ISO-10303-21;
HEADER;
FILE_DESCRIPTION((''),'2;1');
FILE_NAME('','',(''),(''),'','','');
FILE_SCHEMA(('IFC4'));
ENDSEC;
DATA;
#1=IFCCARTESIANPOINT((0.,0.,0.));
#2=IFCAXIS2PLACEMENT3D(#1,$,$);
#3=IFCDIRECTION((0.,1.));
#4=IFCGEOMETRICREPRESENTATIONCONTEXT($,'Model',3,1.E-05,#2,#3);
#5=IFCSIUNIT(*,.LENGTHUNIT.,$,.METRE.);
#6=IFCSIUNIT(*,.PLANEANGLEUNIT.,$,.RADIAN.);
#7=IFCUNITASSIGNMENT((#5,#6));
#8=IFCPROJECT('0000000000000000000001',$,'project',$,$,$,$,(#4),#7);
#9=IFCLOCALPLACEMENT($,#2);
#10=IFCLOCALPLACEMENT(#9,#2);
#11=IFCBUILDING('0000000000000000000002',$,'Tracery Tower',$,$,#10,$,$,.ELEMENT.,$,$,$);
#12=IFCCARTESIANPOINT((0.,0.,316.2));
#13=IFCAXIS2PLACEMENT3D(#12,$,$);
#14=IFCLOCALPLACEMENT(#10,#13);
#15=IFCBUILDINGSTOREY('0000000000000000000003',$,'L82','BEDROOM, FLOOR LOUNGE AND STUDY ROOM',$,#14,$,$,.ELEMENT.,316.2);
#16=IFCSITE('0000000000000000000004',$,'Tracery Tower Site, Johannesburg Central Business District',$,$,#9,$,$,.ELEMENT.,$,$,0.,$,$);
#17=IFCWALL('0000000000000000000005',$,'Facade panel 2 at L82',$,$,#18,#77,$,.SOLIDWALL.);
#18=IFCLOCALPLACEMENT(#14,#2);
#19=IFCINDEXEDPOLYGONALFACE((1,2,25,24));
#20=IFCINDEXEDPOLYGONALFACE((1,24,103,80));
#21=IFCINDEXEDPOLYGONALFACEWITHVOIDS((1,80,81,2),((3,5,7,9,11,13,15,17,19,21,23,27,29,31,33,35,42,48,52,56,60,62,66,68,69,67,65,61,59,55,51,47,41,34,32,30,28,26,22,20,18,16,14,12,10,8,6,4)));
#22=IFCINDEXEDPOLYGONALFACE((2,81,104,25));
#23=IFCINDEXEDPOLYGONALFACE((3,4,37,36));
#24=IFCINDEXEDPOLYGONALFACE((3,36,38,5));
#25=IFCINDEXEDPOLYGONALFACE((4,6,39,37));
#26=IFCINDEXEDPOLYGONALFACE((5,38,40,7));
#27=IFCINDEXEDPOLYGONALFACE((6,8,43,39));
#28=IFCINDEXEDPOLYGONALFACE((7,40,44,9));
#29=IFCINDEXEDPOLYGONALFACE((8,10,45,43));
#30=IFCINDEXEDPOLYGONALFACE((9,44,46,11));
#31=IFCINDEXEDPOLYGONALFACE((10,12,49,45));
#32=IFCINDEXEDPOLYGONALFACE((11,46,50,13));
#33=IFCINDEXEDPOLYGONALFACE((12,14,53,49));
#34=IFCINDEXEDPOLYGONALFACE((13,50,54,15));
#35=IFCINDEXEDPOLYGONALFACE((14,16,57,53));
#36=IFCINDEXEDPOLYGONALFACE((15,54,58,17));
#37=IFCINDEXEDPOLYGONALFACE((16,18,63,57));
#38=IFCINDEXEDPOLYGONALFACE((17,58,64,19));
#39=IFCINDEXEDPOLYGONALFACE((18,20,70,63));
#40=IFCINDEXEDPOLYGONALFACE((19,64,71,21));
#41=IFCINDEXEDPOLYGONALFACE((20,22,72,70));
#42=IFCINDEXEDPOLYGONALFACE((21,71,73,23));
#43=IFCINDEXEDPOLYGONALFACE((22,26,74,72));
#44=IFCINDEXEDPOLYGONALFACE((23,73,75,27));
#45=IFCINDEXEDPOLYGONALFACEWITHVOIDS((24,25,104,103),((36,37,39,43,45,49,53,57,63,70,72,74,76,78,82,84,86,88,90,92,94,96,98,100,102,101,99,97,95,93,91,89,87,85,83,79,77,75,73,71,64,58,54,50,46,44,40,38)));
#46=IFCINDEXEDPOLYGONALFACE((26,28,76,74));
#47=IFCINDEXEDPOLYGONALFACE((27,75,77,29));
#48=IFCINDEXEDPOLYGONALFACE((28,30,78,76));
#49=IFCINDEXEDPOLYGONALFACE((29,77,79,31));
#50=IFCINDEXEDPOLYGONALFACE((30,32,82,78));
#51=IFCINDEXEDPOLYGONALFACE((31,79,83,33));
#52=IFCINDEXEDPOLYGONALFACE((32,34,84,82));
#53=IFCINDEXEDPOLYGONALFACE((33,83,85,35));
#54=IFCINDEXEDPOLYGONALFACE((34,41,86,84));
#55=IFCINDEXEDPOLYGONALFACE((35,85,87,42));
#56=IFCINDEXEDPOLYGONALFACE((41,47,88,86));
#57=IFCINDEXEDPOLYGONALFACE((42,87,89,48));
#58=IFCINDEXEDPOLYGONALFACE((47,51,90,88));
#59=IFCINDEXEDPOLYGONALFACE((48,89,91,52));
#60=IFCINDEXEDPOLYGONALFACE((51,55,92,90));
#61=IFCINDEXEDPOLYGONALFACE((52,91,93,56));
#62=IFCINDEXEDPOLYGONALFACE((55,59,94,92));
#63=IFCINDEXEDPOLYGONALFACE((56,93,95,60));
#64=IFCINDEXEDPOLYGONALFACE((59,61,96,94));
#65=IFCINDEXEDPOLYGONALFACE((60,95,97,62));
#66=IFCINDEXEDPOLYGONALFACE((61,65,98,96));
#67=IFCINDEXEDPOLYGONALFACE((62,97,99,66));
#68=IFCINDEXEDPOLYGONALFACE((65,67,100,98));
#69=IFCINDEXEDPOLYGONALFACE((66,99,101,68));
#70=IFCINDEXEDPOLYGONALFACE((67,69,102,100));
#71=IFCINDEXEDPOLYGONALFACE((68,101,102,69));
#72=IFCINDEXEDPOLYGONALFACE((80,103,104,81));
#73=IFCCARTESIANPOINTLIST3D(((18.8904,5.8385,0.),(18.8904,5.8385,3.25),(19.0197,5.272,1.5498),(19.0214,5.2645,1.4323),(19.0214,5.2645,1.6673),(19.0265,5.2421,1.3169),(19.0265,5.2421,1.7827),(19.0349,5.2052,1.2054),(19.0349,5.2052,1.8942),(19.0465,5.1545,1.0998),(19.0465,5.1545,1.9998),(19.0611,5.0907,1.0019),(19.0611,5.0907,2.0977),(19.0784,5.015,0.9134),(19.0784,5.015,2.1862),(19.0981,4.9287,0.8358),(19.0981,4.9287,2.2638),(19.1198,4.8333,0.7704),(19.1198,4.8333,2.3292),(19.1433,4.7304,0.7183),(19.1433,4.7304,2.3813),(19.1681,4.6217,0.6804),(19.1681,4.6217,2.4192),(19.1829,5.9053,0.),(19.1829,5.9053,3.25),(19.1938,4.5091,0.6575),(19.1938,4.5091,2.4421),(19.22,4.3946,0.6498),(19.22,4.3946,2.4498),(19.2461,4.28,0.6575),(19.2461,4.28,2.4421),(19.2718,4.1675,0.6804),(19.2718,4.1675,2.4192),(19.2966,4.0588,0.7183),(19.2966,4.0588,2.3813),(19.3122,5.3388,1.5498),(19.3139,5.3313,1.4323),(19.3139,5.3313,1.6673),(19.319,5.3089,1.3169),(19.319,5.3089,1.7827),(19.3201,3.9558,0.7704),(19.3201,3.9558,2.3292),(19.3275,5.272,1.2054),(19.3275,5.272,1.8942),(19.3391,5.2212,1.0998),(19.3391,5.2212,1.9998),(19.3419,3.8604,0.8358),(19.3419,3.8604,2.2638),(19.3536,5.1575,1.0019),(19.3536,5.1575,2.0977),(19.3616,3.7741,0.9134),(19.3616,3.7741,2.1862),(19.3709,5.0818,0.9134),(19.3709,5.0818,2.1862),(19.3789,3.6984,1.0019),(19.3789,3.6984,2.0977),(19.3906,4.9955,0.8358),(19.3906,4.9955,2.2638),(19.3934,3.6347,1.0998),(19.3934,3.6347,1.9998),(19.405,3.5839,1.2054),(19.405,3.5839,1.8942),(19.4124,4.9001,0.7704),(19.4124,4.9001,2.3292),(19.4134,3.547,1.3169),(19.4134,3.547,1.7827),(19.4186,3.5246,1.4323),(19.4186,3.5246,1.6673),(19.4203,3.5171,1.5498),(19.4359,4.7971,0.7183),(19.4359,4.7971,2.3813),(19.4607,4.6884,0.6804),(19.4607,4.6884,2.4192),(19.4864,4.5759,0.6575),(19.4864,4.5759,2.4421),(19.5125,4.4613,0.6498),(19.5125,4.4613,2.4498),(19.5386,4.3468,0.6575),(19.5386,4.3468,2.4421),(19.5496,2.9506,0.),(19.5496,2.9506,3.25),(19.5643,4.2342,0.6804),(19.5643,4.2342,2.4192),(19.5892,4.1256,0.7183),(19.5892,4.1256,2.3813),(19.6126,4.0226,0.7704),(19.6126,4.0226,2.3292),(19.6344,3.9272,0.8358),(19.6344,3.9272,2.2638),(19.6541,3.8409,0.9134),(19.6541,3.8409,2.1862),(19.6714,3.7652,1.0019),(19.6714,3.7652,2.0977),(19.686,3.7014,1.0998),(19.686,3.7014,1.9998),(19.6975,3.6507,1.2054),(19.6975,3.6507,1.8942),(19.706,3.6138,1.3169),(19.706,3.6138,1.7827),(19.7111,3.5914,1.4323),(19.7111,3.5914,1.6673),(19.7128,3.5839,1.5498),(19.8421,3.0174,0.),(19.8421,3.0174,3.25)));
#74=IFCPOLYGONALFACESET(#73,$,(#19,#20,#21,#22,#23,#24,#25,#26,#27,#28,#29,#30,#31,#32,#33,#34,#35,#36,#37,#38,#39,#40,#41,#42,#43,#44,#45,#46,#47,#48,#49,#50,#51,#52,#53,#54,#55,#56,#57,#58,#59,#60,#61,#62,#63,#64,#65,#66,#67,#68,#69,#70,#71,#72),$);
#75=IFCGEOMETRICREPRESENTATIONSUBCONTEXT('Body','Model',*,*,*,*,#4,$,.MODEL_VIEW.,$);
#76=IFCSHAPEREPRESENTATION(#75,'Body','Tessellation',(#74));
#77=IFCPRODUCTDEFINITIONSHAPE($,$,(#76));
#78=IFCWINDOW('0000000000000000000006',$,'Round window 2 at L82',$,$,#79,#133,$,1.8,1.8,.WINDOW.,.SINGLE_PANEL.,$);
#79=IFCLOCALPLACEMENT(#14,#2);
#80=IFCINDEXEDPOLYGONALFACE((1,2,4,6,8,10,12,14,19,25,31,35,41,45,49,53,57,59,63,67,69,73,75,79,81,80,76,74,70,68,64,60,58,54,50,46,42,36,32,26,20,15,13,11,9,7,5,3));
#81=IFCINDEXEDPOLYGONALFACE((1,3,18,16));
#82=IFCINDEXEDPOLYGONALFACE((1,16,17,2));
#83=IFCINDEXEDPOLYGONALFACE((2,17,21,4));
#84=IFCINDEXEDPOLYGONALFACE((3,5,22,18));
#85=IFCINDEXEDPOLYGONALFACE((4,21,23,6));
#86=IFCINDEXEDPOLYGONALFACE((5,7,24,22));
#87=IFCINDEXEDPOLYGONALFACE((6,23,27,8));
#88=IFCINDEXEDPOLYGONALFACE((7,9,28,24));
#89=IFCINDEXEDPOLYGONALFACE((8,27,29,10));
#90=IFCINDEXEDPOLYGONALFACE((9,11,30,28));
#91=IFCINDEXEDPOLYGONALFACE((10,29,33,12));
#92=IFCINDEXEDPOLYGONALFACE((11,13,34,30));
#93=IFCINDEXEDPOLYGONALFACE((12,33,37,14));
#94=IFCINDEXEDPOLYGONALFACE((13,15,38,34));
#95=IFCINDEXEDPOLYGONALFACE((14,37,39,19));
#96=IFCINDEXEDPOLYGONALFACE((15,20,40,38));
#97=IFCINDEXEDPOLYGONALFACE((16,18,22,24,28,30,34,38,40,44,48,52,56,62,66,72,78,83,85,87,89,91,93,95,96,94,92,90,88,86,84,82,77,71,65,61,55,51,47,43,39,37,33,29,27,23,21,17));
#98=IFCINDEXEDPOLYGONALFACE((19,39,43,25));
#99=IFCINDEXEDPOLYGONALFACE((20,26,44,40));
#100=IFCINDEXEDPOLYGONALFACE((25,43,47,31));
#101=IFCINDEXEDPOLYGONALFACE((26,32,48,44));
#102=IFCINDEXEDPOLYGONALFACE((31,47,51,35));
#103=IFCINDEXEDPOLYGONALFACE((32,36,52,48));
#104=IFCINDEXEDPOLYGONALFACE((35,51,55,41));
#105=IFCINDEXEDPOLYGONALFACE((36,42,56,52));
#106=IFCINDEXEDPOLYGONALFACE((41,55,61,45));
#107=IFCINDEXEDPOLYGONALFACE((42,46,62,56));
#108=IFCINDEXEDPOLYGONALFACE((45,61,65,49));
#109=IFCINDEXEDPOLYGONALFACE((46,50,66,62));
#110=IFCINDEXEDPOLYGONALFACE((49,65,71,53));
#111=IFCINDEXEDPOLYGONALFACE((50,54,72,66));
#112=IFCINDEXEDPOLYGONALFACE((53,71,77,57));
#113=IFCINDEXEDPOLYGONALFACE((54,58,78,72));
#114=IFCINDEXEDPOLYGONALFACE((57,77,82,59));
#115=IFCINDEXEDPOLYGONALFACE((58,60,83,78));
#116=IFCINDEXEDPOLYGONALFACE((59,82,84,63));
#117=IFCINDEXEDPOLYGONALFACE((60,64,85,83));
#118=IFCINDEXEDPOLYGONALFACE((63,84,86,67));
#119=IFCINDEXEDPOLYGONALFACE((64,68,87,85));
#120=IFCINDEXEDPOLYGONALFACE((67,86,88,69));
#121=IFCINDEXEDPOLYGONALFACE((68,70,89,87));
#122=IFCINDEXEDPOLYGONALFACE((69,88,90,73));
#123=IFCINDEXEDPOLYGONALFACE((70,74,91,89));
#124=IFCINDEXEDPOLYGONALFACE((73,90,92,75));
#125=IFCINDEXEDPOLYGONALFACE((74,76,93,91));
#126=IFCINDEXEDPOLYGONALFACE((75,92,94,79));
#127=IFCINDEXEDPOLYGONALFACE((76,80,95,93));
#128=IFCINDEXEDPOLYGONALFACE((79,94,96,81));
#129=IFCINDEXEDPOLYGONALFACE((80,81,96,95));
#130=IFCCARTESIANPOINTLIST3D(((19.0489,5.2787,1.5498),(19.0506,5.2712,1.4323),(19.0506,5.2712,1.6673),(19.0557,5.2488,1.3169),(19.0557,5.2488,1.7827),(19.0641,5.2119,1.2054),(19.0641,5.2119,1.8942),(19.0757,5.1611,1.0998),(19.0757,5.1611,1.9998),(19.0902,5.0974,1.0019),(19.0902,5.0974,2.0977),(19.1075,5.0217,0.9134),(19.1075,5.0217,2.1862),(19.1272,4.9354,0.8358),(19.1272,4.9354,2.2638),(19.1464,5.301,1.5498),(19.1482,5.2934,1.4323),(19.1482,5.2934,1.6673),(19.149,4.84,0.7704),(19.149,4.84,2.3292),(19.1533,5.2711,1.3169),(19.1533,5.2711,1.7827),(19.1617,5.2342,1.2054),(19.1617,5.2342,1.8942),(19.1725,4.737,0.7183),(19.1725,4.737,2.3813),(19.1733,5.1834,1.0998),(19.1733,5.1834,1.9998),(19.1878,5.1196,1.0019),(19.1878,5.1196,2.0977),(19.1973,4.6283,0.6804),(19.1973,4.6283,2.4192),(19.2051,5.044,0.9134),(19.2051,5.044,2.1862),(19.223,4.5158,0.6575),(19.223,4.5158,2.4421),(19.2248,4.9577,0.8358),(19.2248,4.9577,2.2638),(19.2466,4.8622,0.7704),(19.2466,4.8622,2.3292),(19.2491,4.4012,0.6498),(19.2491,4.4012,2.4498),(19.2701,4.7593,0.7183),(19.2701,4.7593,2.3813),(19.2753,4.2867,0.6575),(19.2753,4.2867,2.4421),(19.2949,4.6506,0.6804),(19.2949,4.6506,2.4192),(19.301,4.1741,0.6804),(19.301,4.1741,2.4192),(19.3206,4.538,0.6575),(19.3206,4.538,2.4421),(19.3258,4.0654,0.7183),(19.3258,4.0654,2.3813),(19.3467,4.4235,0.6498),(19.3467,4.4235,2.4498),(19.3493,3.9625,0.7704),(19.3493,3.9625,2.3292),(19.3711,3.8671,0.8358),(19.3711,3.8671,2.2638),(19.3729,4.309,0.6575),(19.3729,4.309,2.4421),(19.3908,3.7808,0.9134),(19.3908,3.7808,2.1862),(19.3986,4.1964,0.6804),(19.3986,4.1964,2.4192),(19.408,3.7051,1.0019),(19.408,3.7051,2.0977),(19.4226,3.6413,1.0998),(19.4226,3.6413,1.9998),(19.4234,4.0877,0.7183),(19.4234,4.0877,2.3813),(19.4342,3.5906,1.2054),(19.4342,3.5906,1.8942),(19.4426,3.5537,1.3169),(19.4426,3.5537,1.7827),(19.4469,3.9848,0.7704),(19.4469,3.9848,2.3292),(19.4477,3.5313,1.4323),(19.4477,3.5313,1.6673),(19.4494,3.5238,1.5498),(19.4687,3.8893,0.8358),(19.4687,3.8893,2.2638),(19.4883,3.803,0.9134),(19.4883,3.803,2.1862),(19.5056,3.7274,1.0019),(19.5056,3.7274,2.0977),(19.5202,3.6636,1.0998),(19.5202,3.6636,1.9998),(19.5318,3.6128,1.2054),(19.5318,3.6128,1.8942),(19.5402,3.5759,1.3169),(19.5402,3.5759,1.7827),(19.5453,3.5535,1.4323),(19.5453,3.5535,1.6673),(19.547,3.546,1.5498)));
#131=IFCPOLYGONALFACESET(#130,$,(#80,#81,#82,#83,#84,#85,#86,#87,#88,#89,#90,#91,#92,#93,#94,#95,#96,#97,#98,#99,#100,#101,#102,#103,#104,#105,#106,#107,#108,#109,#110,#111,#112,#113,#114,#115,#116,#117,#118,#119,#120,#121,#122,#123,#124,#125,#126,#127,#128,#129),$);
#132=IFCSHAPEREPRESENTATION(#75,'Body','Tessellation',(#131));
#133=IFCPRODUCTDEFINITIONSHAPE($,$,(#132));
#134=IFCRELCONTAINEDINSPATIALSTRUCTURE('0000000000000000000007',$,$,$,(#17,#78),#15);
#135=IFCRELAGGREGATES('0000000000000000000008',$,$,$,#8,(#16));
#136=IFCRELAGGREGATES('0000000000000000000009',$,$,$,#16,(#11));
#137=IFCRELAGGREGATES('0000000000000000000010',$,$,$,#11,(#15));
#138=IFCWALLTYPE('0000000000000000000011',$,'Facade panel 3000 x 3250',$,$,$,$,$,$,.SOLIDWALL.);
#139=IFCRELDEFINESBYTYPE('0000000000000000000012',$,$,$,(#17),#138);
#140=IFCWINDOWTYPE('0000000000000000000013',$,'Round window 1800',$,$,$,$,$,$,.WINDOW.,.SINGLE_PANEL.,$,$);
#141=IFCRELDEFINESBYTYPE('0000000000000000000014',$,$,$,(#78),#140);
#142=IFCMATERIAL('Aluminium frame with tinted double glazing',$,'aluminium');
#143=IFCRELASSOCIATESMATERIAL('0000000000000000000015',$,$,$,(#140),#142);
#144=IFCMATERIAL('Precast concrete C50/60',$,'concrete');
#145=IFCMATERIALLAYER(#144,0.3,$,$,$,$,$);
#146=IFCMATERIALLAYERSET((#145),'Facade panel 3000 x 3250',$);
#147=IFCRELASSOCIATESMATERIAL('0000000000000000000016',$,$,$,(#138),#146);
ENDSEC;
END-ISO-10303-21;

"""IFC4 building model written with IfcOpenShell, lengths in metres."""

from ifc_helpers import new_model, si_unit, direction, frame, frame_2d, origin, origin_2d, place, context, subcontext, project, spatial, rectangle, circle, extrude, material, layer, layer_set, type_object, element, fill, save


model = new_model("IFC4")

# Units and contexts
model_context = context("Model", 3, precision=1e-05, world=origin(), true_north=direction((0.0, 1.0)))
body_context = subcontext(model_context, "Body", "Model", "MODEL_VIEW")
ifc_project = project(units=[si_unit("LENGTHUNIT", "METRE"), si_unit("PLANEANGLEUNIT", "RADIAN")], contexts=[model_context])

# Site, building, storey
site_placement = place(None, origin())
site = spatial("IfcSite", under=ifc_project, at=site_placement, Name="Tracery Tower Site, Johannesburg Central Business District", CompositionType="ELEMENT", RefElevation=0.0)
building_placement = place(site_placement, origin())
building = spatial("IfcBuilding", under=site, at=building_placement, Name="Tracery Tower", CompositionType="ELEMENT")
storey_placement = place(building_placement, frame((0.0, 0.0, 316.2)))
storey = spatial("IfcBuildingStorey", under=building, at=storey_placement, Name="L82", Description="BEDROOM, FLOOR LOUNGE AND STUDY ROOM", CompositionType="ELEMENT", Elevation=316.2)

# Wall, opening, window
ifc_material_1 = material(Name="Aluminium frame with tinted double glazing", Category="aluminium")
window_type = type_object("IfcWindowType", Name="Round window 1800", PartitioningType="SINGLE_PANEL", PredefinedType="WINDOW", material=ifc_material_1)
ifc_material_2 = material(Name="Precast concrete C50/60", Category="concrete")
ifc_layer_1 = layer(ifc_material_2, 0.3)
ifc_layer_set_1 = layer_set([ifc_layer_1], Name="Facade panel 3000 x 3250")
wall_type_1 = type_object("IfcWallType", Name="Facade panel 3000 x 3250", PredefinedType="SOLIDWALL", material=ifc_layer_set_1)
wall_1_placement = place(storey_placement, frame((19.6958, 2.9841, 0.0), z_axis=(0.0, 0.0, 1.0), x_axis=(-0.222529, 0.974926, 0.0)))
wall_1 = element("IfcWall", 1, at=wall_1_placement, inside=storey, type_object=wall_type_1, Name="Facade panel 2 at L82", PredefinedType="SOLIDWALL", context=body_context, shape_type="SweptSolid", body=[
    extrude(rectangle(XDim=2.9622, YDim=0.3, at=frame_2d((1.481, 0.0))), origin(), (0.0, 0.0, 1.0), 3.25),
])
opening_1_placement = place(wall_1_placement, frame((1.481, 0.0, 1.5498)))
opening_1 = element("IfcOpeningElement", 2, at=opening_1_placement, cuts=wall_1, PredefinedType="OPENING", context=body_context, shape_type="SweptSolid", body=[
    extrude(circle(Radius=0.9, at=origin_2d()), frame((0.0, 0.1599, 0.0), z_axis=(0.0, -1.0, 0.0), x_axis=(1.0, 0.0, 0.0)), (0.0, 0.0, 1.0), 0.3201),
])
window_1_placement = place(opening_1_placement, origin())
window_1 = element("IfcWindow", 3, at=window_1_placement, inside=storey, type_object=window_type, Name="Round window 2 at L82", OverallHeight=1.8, OverallWidth=1.8, PartitioningType="SINGLE_PANEL", PredefinedType="WINDOW", context=body_context, shape_type="SweptSolid", body=[
    extrude(circle(Radius=0.9, at=origin_2d()), frame((0.0, 0.1201, 0.0), z_axis=(0.0, -1.0, 0.0), x_axis=(1.0, 0.0, 0.0)), (0.0, 0.0, 1.0), 0.1001),
])
fill(opening_1, window_1)

save(model, "model.ifc")
